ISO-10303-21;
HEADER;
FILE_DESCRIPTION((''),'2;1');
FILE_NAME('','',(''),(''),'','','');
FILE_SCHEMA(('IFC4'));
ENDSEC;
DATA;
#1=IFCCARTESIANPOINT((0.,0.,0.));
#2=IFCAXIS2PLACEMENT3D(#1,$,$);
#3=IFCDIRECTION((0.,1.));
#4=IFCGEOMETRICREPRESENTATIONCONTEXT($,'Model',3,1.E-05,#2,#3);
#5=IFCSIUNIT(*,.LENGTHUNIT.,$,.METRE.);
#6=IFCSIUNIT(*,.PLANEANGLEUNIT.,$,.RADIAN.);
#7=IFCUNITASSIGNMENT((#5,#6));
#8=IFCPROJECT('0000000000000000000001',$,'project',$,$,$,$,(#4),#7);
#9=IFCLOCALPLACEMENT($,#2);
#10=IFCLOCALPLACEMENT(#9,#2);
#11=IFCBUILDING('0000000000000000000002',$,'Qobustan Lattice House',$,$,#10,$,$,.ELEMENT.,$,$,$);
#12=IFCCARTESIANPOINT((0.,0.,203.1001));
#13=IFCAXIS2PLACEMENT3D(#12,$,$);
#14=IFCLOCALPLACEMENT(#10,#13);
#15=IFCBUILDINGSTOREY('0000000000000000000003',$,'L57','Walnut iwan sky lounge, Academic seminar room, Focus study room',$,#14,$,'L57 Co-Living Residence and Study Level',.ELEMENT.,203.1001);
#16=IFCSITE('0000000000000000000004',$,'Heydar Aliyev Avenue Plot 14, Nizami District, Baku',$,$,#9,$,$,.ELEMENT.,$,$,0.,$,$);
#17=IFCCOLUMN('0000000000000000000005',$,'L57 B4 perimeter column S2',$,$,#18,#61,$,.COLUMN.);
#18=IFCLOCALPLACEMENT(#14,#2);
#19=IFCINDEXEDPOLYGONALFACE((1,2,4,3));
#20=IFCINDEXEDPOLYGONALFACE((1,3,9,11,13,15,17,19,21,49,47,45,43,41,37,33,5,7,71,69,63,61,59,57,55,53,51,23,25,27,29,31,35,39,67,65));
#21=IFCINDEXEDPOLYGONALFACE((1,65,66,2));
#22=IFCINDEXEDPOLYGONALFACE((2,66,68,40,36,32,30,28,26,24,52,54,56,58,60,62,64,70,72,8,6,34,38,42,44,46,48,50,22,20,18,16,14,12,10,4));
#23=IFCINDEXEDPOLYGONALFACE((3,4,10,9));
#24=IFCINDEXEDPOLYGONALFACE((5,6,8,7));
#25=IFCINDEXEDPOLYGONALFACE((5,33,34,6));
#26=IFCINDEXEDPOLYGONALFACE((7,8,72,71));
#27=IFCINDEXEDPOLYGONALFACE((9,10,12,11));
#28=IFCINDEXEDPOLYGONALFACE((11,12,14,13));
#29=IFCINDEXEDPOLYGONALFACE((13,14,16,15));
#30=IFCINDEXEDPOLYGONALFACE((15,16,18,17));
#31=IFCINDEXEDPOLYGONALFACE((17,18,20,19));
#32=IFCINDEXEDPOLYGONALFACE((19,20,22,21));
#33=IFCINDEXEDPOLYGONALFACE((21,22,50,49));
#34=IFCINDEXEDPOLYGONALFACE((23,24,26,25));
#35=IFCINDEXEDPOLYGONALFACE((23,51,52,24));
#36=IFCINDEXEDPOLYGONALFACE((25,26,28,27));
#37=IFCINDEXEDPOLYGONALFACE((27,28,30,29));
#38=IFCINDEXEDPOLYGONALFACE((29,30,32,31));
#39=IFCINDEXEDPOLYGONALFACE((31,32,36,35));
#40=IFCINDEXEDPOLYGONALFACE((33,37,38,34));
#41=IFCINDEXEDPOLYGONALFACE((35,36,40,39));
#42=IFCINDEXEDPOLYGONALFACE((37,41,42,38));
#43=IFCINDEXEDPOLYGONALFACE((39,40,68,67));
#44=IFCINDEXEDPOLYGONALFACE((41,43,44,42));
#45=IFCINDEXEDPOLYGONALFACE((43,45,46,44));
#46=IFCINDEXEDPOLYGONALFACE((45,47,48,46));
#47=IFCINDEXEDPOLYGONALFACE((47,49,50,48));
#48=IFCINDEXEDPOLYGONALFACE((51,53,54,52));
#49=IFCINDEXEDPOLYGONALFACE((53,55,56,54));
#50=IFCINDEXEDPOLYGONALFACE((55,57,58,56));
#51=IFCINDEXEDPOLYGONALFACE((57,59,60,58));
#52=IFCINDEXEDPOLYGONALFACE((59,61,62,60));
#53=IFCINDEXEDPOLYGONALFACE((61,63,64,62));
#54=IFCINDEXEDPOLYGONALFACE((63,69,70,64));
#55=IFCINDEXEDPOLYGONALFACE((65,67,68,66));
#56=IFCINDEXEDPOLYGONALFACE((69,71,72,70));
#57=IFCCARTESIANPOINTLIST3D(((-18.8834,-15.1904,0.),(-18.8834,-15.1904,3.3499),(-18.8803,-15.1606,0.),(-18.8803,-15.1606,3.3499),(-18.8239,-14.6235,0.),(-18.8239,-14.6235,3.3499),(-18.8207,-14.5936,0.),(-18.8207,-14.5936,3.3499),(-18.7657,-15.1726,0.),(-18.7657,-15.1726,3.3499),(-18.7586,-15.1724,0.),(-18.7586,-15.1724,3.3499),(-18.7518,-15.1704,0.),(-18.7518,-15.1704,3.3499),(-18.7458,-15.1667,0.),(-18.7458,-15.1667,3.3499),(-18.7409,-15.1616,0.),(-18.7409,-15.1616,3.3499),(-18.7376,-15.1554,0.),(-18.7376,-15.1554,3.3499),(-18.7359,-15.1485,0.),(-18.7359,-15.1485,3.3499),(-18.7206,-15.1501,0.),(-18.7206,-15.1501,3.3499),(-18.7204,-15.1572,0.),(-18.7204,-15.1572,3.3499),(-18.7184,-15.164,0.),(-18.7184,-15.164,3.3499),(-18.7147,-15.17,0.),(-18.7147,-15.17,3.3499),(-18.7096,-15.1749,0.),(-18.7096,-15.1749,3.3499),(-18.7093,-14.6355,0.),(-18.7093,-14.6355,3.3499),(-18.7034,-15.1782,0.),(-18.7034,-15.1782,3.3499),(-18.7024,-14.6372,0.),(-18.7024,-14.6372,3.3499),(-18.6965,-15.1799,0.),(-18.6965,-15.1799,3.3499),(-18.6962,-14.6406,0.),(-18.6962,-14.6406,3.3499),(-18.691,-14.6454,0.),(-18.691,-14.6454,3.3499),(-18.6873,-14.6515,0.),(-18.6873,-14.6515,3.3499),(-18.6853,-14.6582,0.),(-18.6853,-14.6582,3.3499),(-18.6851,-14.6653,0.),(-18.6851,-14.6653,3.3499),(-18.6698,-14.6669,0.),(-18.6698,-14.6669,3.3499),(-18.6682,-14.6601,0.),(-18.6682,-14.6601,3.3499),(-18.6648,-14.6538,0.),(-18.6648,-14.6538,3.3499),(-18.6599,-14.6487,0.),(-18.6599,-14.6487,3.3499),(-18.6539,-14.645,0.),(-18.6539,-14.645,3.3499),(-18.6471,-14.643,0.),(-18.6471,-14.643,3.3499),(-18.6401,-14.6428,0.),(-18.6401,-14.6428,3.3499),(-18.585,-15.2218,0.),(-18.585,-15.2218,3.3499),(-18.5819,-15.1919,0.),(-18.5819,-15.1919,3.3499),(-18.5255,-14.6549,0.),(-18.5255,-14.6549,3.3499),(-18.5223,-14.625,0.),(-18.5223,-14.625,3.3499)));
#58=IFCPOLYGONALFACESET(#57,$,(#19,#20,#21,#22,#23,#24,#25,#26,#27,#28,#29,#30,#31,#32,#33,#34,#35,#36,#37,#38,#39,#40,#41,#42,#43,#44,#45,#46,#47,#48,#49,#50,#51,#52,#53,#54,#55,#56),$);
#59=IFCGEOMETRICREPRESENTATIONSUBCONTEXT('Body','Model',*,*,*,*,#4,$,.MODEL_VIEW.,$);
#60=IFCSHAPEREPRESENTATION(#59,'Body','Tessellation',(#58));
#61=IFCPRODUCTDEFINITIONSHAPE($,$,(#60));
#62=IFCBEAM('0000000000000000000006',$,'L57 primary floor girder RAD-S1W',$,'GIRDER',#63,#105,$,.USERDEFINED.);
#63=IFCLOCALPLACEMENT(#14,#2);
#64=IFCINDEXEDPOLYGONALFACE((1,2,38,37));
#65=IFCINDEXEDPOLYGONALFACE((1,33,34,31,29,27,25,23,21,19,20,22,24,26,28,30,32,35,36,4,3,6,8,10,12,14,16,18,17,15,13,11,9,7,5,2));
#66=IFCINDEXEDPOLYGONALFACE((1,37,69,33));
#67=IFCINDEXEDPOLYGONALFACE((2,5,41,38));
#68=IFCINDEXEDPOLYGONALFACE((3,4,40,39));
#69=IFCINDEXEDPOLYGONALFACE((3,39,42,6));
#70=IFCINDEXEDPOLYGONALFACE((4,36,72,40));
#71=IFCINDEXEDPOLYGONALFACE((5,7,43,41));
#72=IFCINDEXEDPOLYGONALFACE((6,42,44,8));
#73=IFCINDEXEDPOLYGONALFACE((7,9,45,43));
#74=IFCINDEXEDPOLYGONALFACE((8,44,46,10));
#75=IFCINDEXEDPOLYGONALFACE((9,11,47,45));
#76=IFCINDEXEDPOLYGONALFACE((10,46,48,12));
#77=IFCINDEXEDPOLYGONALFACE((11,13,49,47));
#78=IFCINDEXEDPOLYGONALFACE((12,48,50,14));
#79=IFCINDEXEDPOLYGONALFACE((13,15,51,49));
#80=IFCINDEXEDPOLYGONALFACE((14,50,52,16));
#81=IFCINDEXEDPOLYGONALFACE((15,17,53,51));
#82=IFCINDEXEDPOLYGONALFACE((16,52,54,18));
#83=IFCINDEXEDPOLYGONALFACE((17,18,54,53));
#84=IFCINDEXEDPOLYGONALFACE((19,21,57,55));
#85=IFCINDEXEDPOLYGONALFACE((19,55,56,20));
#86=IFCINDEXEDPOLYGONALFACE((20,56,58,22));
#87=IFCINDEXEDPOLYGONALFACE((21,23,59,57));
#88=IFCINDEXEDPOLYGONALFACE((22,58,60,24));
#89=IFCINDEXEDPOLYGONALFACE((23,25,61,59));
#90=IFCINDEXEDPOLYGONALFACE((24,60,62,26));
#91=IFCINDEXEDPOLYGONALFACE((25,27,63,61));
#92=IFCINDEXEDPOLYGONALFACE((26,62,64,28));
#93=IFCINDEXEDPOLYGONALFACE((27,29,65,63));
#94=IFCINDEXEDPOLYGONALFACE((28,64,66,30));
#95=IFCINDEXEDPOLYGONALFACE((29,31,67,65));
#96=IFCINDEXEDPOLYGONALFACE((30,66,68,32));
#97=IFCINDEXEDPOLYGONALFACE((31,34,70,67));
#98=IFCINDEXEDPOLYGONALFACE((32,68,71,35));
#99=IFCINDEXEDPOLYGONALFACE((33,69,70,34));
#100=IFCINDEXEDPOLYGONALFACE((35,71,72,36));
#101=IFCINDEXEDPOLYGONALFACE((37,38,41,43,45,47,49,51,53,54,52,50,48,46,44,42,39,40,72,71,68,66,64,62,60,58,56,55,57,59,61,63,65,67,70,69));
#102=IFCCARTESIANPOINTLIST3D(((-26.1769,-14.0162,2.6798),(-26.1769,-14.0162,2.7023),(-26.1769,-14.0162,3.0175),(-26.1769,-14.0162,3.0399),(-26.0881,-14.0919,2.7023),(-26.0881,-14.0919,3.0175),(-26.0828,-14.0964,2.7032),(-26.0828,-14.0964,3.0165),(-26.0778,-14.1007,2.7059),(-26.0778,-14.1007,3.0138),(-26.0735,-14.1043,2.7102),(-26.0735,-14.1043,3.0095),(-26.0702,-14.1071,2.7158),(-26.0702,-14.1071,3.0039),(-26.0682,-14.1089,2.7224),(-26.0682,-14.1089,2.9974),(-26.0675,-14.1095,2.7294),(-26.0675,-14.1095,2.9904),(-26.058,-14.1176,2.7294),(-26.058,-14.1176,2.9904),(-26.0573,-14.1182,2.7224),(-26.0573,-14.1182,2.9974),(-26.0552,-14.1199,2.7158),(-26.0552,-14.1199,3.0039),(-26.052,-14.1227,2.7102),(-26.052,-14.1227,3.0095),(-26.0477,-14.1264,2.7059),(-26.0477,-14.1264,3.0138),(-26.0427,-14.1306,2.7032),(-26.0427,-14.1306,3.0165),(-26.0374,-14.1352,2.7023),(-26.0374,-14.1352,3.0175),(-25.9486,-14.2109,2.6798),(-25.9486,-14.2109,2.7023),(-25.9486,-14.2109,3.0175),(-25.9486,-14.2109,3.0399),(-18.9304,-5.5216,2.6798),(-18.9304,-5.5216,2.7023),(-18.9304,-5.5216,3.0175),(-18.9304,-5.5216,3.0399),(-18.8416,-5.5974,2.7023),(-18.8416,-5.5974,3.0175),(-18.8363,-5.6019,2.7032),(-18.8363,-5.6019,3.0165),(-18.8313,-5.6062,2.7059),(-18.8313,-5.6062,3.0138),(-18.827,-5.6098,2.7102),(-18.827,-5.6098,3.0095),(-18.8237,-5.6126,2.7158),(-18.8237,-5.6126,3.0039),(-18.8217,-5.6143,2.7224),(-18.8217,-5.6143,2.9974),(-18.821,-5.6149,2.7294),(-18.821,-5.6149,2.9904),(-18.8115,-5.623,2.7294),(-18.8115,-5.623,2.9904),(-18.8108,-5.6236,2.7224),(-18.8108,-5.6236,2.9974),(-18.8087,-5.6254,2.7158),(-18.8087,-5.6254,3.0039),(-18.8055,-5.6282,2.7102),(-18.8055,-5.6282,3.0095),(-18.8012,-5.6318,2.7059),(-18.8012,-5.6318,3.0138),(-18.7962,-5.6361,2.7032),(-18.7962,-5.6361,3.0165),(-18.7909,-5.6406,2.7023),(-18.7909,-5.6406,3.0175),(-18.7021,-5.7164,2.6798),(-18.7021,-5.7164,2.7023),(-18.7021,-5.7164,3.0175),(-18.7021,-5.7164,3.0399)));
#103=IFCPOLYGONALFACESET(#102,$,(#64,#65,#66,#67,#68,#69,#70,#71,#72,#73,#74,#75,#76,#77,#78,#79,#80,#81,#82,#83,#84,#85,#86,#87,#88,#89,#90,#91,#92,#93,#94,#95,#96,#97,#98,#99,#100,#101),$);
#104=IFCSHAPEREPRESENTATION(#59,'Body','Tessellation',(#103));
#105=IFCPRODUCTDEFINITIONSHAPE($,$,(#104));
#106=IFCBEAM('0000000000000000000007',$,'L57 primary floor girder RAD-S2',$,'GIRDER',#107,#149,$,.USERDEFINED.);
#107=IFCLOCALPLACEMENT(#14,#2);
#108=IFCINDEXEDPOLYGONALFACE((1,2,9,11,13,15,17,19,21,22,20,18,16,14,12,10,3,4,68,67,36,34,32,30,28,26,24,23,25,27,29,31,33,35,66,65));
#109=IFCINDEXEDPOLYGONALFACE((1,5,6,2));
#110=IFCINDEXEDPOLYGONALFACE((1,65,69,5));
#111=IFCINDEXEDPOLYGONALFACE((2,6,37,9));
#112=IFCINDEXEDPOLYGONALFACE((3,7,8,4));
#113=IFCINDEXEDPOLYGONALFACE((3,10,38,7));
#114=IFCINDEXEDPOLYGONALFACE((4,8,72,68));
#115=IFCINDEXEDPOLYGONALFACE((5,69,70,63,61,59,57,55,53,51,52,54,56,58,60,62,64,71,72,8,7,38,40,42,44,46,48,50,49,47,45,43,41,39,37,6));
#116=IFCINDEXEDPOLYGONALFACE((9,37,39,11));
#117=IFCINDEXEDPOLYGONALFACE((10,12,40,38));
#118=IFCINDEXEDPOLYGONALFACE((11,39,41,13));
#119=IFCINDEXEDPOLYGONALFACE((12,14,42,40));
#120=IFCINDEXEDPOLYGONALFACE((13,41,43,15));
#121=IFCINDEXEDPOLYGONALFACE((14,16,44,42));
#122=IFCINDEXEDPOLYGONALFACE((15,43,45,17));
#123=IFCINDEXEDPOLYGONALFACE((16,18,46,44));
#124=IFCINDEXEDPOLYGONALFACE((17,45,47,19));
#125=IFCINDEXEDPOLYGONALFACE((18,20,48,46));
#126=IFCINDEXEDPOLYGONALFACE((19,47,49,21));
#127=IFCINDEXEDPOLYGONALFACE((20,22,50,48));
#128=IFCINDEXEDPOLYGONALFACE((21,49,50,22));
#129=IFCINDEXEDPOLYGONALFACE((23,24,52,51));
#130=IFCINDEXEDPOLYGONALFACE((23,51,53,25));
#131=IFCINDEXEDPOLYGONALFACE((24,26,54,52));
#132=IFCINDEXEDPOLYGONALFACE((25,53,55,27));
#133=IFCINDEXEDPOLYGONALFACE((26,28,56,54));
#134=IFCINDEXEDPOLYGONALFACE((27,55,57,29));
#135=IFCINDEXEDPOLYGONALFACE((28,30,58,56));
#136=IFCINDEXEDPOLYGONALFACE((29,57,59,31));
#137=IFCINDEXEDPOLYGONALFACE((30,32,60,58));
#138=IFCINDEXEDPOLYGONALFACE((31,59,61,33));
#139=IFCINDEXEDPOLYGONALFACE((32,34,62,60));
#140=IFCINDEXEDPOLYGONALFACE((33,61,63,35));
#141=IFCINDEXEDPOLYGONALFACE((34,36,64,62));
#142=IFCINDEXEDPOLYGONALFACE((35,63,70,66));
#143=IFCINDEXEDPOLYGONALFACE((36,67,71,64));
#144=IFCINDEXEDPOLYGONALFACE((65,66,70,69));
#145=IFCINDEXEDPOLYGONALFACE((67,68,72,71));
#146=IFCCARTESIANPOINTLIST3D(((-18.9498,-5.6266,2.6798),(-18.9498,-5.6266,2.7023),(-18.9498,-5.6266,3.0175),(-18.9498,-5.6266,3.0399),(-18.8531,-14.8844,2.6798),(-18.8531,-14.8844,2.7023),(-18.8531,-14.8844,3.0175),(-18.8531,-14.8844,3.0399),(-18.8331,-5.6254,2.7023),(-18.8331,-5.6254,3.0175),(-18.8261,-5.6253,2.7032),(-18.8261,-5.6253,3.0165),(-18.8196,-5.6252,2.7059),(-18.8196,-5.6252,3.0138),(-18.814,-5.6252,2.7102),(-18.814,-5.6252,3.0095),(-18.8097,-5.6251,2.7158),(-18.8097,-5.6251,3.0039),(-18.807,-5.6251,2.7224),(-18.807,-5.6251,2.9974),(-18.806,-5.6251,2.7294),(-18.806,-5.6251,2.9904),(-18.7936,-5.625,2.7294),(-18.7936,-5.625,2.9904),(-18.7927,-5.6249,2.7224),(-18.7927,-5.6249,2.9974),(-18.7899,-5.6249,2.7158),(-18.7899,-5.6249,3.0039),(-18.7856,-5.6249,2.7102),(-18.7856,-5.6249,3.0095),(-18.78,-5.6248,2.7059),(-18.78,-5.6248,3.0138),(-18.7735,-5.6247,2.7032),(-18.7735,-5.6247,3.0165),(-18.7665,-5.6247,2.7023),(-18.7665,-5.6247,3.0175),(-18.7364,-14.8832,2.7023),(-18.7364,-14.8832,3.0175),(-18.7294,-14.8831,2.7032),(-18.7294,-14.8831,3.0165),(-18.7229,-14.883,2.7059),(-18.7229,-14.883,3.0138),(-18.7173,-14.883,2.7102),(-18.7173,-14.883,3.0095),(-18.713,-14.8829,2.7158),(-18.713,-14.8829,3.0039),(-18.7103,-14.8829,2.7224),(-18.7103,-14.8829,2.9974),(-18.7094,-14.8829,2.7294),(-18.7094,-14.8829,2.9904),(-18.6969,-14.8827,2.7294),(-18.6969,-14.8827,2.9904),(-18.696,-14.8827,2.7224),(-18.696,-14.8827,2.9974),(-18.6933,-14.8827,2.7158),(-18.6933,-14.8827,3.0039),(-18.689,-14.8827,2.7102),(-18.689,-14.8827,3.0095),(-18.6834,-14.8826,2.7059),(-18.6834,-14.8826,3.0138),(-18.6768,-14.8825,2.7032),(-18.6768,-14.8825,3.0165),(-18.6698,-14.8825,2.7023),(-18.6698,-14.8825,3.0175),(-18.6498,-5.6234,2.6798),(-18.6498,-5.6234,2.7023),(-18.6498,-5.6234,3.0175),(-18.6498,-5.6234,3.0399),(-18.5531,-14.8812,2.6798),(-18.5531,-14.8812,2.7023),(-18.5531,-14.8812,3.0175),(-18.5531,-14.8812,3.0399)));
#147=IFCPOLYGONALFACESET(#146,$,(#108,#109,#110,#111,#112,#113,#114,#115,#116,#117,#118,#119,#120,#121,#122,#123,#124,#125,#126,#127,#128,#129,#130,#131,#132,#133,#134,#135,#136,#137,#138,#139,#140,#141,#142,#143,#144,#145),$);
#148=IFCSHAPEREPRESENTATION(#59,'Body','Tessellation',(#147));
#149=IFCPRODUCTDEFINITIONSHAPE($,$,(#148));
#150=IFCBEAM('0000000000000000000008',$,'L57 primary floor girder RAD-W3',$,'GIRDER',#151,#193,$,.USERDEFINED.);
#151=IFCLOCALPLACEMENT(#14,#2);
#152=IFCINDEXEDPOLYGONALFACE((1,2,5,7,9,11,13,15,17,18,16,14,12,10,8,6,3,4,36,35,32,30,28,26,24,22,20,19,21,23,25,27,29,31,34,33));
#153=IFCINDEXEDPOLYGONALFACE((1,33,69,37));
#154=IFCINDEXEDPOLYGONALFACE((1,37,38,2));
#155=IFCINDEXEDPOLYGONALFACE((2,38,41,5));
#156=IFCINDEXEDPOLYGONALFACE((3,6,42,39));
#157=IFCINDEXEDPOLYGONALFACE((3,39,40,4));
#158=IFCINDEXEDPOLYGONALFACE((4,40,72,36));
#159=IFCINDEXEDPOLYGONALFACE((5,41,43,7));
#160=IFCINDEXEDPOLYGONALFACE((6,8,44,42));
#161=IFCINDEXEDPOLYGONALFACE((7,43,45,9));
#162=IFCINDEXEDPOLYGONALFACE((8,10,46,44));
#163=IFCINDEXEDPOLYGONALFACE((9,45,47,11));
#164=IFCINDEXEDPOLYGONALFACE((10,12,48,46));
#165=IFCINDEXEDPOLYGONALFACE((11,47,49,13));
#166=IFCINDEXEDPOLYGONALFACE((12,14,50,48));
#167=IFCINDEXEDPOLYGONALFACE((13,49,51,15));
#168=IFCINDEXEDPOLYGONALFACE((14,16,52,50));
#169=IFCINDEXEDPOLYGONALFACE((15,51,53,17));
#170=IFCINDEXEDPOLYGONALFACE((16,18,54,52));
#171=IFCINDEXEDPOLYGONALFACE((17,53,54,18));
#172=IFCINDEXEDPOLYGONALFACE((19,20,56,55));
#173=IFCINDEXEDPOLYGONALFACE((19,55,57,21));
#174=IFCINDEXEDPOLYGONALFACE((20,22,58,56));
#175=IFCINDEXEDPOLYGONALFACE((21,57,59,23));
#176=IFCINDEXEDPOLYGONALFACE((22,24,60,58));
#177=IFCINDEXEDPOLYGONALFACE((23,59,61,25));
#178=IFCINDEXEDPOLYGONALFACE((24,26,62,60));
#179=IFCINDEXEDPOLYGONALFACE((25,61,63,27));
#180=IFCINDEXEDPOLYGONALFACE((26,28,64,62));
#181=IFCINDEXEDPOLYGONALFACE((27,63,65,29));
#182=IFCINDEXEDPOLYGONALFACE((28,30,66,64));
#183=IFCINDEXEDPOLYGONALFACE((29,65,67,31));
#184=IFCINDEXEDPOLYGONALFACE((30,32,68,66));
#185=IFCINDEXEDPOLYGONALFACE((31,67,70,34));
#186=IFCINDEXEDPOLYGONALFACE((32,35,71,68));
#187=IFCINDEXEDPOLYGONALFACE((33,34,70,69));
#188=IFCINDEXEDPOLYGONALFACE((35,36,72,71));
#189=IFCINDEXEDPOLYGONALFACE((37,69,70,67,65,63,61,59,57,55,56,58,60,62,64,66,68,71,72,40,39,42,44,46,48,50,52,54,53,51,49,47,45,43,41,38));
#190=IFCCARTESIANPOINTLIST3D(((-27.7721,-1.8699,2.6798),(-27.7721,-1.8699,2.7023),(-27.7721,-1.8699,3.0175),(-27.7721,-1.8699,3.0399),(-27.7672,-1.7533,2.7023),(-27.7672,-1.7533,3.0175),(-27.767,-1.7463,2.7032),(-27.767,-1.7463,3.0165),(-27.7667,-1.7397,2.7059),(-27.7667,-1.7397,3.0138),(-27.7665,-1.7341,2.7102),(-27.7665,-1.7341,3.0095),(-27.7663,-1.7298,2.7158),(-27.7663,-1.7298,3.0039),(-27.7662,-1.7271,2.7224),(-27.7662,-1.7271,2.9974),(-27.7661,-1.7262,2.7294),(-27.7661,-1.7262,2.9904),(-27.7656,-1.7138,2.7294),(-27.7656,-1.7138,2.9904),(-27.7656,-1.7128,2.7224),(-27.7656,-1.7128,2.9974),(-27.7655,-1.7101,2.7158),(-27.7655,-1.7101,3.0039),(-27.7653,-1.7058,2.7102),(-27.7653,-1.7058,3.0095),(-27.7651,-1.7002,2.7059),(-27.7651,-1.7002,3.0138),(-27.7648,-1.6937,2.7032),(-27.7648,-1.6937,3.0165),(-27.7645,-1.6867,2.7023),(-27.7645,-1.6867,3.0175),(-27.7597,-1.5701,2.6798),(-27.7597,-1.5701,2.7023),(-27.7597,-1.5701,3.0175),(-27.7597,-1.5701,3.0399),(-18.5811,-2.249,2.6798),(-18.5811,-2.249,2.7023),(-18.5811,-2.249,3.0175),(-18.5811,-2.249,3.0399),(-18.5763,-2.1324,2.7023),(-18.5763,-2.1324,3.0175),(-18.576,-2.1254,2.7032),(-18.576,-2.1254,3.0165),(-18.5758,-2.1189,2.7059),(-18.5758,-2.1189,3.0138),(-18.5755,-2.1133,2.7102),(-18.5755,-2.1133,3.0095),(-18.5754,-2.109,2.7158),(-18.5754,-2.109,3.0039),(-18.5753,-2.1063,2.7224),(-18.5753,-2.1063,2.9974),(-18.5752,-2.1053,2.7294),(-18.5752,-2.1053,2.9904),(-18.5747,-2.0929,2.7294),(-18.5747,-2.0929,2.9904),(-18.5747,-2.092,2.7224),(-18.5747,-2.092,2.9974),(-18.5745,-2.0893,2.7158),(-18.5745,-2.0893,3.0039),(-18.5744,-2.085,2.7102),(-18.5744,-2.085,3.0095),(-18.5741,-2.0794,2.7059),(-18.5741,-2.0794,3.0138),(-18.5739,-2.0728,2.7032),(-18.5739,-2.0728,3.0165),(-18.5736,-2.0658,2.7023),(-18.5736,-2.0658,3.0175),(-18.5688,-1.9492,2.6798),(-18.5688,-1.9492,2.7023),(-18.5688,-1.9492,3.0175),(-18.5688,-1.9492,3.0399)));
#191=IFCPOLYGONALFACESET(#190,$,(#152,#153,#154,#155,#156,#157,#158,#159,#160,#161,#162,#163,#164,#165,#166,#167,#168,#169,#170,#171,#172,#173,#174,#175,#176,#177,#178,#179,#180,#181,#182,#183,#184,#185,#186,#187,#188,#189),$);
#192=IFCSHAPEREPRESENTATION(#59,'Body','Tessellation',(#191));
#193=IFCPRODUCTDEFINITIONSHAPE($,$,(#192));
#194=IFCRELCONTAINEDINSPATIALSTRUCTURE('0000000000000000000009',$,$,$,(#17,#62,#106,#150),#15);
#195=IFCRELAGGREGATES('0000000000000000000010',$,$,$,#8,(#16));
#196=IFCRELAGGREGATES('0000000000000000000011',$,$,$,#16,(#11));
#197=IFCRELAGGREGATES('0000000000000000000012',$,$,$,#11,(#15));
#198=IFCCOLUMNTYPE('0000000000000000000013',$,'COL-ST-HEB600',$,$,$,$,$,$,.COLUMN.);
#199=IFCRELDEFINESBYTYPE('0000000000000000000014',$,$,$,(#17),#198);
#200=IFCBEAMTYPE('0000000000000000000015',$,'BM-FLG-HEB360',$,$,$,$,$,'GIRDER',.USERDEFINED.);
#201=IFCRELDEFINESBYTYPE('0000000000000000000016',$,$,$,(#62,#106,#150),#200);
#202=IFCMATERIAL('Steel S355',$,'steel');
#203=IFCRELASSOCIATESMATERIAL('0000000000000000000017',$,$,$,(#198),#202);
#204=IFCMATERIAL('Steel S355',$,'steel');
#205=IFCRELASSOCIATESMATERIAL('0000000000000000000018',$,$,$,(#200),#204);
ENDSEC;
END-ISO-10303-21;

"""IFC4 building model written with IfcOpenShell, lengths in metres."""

from ifc_helpers import new_model, si_unit, direction, frame, origin, origin_2d, place, context, subcontext, project, spatial, i_section, extrude, material, material_profile, profile_set, type_object, element, save


model = new_model("IFC4")

# Units and contexts
model_context = context("Model", 3, precision=1e-05, world=origin(), true_north=direction((0.0, 1.0)))
body_context = subcontext(model_context, "Body", "Model", "MODEL_VIEW")
ifc_project = project(units=[si_unit("LENGTHUNIT", "METRE"), si_unit("PLANEANGLEUNIT", "RADIAN")], contexts=[model_context])

# Site, building, storey
site_placement = place(None, origin())
site = spatial("IfcSite", under=ifc_project, at=site_placement, Name="Heydar Aliyev Avenue Plot 14, Nizami District, Baku", CompositionType="ELEMENT", RefElevation=0.0)
building_placement = place(site_placement, origin())
building = spatial("IfcBuilding", under=site, at=building_placement, Name="Qobustan Lattice House", CompositionType="ELEMENT")
storey_placement = place(building_placement, frame((0.0, 0.0, 203.1001)))
storey = spatial("IfcBuildingStorey", under=building, at=storey_placement, Name="L57", Description="Walnut iwan sky lounge, Academic seminar room, Focus study room", LongName="L57 Co-Living Residence and Study Level", CompositionType="ELEMENT", Elevation=203.1001)

# Column
ifc_material_1 = material(Name="Steel S355", Category="steel")
ifc_material_profile_1 = material_profile(ifc_material_1, i_section(OverallWidth=0.3, OverallDepth=0.6001, WebThickness=0.0154, FlangeThickness=0.03, FilletRadius=0.0271, at=origin_2d()), Name="HEB600")
ifc_profile_set_1 = profile_set([ifc_material_profile_1], Name="Steel S355")
column_type_1 = type_object("IfcColumnType", Name="COL-ST-HEB600", PredefinedType="COLUMN", material=ifc_profile_set_1)
for number, where, z_axis, x_axis, name in (
    (1, (-18.7029, -14.9077, 0.0), (0.0, 0.0, 1.0), (0.994522, -0.104528, 0.0), "L57 B4 perimeter column S2"),
):
    element("IfcColumn", number, at=place(storey_placement, frame(where, z_axis=z_axis, x_axis=x_axis)), inside=storey, type_object=column_type_1, Name=name, PredefinedType="COLUMN", context=body_context, shape_type="SweptSolid", body=[
        extrude(i_section(OverallWidth=0.3, OverallDepth=0.6001, WebThickness=0.0154, FlangeThickness=0.03, FilletRadius=0.0271, at=origin_2d()), origin(), (0.0, 0.0, 1.0), 3.3499),
    ])

# Beams
ifc_material_2 = material(Name="Steel S355", Category="steel")
ifc_material_profile_2 = material_profile(ifc_material_2, i_section(OverallWidth=0.3, OverallDepth=0.3601, WebThickness=0.0125, FlangeThickness=0.0225, FilletRadius=0.0271, at=origin_2d()), Name="HEB360")
ifc_profile_set_2 = profile_set([ifc_material_profile_2], Name="Steel S355")
beam_type_1 = type_object("IfcBeamType", Name="BM-FLG-HEB360", ElementType="GIRDER", PredefinedType="USERDEFINED", material=ifc_profile_set_2)
beam_1_placement = place(storey_placement, frame((-26.0627, -14.1135, 2.8599), z_axis=(0.649007, 0.760783, 0.0), x_axis=(-0.760783, 0.649007, 0.0)))
element("IfcBeam", 2, at=beam_1_placement, inside=storey, type_object=beam_type_1, Name="L57 primary floor girder RAD-S1W", ObjectType="GIRDER", PredefinedType="USERDEFINED", context=body_context, shape_type="SweptSolid", body=[
    extrude(i_section(OverallWidth=0.3, OverallDepth=0.3601, WebThickness=0.0125, FlangeThickness=0.0225, FilletRadius=0.0271, at=origin_2d()), origin(), (0.0, 0.0, 1.0), 11.1655),
])
beam_2_placement = place(storey_placement, frame((-18.7031, -14.8828, 2.8599), z_axis=(-0.010442, 0.999945, 0.0), x_axis=(-0.999945, -0.010442, 0.0)))
element("IfcBeam", 3, at=beam_2_placement, inside=storey, type_object=beam_type_1, Name="L57 primary floor girder RAD-S2", ObjectType="GIRDER", PredefinedType="USERDEFINED", context=body_context, shape_type="SweptSolid", body=[
    extrude(i_section(OverallWidth=0.3, OverallDepth=0.3601, WebThickness=0.0125, FlangeThickness=0.0225, FilletRadius=0.0271, at=origin_2d()), origin(), (0.0, 0.0, 1.0), 9.2583),
])
beam_3_placement = place(storey_placement, frame((-27.7659, -1.72, 2.8599), z_axis=(0.99915, -0.041218, 0.0), x_axis=(0.041218, 0.99915, 0.0)))
element("IfcBeam", 4, at=beam_3_placement, inside=storey, type_object=beam_type_1, Name="L57 primary floor girder RAD-W3", ObjectType="GIRDER", PredefinedType="USERDEFINED", context=body_context, shape_type="SweptSolid", body=[
    extrude(i_section(OverallWidth=0.3, OverallDepth=0.3601, WebThickness=0.0125, FlangeThickness=0.0225, FilletRadius=0.0271, at=origin_2d()), origin(), (0.0, 0.0, 1.0), 9.1987),
])

save(model, "model.ifc")
